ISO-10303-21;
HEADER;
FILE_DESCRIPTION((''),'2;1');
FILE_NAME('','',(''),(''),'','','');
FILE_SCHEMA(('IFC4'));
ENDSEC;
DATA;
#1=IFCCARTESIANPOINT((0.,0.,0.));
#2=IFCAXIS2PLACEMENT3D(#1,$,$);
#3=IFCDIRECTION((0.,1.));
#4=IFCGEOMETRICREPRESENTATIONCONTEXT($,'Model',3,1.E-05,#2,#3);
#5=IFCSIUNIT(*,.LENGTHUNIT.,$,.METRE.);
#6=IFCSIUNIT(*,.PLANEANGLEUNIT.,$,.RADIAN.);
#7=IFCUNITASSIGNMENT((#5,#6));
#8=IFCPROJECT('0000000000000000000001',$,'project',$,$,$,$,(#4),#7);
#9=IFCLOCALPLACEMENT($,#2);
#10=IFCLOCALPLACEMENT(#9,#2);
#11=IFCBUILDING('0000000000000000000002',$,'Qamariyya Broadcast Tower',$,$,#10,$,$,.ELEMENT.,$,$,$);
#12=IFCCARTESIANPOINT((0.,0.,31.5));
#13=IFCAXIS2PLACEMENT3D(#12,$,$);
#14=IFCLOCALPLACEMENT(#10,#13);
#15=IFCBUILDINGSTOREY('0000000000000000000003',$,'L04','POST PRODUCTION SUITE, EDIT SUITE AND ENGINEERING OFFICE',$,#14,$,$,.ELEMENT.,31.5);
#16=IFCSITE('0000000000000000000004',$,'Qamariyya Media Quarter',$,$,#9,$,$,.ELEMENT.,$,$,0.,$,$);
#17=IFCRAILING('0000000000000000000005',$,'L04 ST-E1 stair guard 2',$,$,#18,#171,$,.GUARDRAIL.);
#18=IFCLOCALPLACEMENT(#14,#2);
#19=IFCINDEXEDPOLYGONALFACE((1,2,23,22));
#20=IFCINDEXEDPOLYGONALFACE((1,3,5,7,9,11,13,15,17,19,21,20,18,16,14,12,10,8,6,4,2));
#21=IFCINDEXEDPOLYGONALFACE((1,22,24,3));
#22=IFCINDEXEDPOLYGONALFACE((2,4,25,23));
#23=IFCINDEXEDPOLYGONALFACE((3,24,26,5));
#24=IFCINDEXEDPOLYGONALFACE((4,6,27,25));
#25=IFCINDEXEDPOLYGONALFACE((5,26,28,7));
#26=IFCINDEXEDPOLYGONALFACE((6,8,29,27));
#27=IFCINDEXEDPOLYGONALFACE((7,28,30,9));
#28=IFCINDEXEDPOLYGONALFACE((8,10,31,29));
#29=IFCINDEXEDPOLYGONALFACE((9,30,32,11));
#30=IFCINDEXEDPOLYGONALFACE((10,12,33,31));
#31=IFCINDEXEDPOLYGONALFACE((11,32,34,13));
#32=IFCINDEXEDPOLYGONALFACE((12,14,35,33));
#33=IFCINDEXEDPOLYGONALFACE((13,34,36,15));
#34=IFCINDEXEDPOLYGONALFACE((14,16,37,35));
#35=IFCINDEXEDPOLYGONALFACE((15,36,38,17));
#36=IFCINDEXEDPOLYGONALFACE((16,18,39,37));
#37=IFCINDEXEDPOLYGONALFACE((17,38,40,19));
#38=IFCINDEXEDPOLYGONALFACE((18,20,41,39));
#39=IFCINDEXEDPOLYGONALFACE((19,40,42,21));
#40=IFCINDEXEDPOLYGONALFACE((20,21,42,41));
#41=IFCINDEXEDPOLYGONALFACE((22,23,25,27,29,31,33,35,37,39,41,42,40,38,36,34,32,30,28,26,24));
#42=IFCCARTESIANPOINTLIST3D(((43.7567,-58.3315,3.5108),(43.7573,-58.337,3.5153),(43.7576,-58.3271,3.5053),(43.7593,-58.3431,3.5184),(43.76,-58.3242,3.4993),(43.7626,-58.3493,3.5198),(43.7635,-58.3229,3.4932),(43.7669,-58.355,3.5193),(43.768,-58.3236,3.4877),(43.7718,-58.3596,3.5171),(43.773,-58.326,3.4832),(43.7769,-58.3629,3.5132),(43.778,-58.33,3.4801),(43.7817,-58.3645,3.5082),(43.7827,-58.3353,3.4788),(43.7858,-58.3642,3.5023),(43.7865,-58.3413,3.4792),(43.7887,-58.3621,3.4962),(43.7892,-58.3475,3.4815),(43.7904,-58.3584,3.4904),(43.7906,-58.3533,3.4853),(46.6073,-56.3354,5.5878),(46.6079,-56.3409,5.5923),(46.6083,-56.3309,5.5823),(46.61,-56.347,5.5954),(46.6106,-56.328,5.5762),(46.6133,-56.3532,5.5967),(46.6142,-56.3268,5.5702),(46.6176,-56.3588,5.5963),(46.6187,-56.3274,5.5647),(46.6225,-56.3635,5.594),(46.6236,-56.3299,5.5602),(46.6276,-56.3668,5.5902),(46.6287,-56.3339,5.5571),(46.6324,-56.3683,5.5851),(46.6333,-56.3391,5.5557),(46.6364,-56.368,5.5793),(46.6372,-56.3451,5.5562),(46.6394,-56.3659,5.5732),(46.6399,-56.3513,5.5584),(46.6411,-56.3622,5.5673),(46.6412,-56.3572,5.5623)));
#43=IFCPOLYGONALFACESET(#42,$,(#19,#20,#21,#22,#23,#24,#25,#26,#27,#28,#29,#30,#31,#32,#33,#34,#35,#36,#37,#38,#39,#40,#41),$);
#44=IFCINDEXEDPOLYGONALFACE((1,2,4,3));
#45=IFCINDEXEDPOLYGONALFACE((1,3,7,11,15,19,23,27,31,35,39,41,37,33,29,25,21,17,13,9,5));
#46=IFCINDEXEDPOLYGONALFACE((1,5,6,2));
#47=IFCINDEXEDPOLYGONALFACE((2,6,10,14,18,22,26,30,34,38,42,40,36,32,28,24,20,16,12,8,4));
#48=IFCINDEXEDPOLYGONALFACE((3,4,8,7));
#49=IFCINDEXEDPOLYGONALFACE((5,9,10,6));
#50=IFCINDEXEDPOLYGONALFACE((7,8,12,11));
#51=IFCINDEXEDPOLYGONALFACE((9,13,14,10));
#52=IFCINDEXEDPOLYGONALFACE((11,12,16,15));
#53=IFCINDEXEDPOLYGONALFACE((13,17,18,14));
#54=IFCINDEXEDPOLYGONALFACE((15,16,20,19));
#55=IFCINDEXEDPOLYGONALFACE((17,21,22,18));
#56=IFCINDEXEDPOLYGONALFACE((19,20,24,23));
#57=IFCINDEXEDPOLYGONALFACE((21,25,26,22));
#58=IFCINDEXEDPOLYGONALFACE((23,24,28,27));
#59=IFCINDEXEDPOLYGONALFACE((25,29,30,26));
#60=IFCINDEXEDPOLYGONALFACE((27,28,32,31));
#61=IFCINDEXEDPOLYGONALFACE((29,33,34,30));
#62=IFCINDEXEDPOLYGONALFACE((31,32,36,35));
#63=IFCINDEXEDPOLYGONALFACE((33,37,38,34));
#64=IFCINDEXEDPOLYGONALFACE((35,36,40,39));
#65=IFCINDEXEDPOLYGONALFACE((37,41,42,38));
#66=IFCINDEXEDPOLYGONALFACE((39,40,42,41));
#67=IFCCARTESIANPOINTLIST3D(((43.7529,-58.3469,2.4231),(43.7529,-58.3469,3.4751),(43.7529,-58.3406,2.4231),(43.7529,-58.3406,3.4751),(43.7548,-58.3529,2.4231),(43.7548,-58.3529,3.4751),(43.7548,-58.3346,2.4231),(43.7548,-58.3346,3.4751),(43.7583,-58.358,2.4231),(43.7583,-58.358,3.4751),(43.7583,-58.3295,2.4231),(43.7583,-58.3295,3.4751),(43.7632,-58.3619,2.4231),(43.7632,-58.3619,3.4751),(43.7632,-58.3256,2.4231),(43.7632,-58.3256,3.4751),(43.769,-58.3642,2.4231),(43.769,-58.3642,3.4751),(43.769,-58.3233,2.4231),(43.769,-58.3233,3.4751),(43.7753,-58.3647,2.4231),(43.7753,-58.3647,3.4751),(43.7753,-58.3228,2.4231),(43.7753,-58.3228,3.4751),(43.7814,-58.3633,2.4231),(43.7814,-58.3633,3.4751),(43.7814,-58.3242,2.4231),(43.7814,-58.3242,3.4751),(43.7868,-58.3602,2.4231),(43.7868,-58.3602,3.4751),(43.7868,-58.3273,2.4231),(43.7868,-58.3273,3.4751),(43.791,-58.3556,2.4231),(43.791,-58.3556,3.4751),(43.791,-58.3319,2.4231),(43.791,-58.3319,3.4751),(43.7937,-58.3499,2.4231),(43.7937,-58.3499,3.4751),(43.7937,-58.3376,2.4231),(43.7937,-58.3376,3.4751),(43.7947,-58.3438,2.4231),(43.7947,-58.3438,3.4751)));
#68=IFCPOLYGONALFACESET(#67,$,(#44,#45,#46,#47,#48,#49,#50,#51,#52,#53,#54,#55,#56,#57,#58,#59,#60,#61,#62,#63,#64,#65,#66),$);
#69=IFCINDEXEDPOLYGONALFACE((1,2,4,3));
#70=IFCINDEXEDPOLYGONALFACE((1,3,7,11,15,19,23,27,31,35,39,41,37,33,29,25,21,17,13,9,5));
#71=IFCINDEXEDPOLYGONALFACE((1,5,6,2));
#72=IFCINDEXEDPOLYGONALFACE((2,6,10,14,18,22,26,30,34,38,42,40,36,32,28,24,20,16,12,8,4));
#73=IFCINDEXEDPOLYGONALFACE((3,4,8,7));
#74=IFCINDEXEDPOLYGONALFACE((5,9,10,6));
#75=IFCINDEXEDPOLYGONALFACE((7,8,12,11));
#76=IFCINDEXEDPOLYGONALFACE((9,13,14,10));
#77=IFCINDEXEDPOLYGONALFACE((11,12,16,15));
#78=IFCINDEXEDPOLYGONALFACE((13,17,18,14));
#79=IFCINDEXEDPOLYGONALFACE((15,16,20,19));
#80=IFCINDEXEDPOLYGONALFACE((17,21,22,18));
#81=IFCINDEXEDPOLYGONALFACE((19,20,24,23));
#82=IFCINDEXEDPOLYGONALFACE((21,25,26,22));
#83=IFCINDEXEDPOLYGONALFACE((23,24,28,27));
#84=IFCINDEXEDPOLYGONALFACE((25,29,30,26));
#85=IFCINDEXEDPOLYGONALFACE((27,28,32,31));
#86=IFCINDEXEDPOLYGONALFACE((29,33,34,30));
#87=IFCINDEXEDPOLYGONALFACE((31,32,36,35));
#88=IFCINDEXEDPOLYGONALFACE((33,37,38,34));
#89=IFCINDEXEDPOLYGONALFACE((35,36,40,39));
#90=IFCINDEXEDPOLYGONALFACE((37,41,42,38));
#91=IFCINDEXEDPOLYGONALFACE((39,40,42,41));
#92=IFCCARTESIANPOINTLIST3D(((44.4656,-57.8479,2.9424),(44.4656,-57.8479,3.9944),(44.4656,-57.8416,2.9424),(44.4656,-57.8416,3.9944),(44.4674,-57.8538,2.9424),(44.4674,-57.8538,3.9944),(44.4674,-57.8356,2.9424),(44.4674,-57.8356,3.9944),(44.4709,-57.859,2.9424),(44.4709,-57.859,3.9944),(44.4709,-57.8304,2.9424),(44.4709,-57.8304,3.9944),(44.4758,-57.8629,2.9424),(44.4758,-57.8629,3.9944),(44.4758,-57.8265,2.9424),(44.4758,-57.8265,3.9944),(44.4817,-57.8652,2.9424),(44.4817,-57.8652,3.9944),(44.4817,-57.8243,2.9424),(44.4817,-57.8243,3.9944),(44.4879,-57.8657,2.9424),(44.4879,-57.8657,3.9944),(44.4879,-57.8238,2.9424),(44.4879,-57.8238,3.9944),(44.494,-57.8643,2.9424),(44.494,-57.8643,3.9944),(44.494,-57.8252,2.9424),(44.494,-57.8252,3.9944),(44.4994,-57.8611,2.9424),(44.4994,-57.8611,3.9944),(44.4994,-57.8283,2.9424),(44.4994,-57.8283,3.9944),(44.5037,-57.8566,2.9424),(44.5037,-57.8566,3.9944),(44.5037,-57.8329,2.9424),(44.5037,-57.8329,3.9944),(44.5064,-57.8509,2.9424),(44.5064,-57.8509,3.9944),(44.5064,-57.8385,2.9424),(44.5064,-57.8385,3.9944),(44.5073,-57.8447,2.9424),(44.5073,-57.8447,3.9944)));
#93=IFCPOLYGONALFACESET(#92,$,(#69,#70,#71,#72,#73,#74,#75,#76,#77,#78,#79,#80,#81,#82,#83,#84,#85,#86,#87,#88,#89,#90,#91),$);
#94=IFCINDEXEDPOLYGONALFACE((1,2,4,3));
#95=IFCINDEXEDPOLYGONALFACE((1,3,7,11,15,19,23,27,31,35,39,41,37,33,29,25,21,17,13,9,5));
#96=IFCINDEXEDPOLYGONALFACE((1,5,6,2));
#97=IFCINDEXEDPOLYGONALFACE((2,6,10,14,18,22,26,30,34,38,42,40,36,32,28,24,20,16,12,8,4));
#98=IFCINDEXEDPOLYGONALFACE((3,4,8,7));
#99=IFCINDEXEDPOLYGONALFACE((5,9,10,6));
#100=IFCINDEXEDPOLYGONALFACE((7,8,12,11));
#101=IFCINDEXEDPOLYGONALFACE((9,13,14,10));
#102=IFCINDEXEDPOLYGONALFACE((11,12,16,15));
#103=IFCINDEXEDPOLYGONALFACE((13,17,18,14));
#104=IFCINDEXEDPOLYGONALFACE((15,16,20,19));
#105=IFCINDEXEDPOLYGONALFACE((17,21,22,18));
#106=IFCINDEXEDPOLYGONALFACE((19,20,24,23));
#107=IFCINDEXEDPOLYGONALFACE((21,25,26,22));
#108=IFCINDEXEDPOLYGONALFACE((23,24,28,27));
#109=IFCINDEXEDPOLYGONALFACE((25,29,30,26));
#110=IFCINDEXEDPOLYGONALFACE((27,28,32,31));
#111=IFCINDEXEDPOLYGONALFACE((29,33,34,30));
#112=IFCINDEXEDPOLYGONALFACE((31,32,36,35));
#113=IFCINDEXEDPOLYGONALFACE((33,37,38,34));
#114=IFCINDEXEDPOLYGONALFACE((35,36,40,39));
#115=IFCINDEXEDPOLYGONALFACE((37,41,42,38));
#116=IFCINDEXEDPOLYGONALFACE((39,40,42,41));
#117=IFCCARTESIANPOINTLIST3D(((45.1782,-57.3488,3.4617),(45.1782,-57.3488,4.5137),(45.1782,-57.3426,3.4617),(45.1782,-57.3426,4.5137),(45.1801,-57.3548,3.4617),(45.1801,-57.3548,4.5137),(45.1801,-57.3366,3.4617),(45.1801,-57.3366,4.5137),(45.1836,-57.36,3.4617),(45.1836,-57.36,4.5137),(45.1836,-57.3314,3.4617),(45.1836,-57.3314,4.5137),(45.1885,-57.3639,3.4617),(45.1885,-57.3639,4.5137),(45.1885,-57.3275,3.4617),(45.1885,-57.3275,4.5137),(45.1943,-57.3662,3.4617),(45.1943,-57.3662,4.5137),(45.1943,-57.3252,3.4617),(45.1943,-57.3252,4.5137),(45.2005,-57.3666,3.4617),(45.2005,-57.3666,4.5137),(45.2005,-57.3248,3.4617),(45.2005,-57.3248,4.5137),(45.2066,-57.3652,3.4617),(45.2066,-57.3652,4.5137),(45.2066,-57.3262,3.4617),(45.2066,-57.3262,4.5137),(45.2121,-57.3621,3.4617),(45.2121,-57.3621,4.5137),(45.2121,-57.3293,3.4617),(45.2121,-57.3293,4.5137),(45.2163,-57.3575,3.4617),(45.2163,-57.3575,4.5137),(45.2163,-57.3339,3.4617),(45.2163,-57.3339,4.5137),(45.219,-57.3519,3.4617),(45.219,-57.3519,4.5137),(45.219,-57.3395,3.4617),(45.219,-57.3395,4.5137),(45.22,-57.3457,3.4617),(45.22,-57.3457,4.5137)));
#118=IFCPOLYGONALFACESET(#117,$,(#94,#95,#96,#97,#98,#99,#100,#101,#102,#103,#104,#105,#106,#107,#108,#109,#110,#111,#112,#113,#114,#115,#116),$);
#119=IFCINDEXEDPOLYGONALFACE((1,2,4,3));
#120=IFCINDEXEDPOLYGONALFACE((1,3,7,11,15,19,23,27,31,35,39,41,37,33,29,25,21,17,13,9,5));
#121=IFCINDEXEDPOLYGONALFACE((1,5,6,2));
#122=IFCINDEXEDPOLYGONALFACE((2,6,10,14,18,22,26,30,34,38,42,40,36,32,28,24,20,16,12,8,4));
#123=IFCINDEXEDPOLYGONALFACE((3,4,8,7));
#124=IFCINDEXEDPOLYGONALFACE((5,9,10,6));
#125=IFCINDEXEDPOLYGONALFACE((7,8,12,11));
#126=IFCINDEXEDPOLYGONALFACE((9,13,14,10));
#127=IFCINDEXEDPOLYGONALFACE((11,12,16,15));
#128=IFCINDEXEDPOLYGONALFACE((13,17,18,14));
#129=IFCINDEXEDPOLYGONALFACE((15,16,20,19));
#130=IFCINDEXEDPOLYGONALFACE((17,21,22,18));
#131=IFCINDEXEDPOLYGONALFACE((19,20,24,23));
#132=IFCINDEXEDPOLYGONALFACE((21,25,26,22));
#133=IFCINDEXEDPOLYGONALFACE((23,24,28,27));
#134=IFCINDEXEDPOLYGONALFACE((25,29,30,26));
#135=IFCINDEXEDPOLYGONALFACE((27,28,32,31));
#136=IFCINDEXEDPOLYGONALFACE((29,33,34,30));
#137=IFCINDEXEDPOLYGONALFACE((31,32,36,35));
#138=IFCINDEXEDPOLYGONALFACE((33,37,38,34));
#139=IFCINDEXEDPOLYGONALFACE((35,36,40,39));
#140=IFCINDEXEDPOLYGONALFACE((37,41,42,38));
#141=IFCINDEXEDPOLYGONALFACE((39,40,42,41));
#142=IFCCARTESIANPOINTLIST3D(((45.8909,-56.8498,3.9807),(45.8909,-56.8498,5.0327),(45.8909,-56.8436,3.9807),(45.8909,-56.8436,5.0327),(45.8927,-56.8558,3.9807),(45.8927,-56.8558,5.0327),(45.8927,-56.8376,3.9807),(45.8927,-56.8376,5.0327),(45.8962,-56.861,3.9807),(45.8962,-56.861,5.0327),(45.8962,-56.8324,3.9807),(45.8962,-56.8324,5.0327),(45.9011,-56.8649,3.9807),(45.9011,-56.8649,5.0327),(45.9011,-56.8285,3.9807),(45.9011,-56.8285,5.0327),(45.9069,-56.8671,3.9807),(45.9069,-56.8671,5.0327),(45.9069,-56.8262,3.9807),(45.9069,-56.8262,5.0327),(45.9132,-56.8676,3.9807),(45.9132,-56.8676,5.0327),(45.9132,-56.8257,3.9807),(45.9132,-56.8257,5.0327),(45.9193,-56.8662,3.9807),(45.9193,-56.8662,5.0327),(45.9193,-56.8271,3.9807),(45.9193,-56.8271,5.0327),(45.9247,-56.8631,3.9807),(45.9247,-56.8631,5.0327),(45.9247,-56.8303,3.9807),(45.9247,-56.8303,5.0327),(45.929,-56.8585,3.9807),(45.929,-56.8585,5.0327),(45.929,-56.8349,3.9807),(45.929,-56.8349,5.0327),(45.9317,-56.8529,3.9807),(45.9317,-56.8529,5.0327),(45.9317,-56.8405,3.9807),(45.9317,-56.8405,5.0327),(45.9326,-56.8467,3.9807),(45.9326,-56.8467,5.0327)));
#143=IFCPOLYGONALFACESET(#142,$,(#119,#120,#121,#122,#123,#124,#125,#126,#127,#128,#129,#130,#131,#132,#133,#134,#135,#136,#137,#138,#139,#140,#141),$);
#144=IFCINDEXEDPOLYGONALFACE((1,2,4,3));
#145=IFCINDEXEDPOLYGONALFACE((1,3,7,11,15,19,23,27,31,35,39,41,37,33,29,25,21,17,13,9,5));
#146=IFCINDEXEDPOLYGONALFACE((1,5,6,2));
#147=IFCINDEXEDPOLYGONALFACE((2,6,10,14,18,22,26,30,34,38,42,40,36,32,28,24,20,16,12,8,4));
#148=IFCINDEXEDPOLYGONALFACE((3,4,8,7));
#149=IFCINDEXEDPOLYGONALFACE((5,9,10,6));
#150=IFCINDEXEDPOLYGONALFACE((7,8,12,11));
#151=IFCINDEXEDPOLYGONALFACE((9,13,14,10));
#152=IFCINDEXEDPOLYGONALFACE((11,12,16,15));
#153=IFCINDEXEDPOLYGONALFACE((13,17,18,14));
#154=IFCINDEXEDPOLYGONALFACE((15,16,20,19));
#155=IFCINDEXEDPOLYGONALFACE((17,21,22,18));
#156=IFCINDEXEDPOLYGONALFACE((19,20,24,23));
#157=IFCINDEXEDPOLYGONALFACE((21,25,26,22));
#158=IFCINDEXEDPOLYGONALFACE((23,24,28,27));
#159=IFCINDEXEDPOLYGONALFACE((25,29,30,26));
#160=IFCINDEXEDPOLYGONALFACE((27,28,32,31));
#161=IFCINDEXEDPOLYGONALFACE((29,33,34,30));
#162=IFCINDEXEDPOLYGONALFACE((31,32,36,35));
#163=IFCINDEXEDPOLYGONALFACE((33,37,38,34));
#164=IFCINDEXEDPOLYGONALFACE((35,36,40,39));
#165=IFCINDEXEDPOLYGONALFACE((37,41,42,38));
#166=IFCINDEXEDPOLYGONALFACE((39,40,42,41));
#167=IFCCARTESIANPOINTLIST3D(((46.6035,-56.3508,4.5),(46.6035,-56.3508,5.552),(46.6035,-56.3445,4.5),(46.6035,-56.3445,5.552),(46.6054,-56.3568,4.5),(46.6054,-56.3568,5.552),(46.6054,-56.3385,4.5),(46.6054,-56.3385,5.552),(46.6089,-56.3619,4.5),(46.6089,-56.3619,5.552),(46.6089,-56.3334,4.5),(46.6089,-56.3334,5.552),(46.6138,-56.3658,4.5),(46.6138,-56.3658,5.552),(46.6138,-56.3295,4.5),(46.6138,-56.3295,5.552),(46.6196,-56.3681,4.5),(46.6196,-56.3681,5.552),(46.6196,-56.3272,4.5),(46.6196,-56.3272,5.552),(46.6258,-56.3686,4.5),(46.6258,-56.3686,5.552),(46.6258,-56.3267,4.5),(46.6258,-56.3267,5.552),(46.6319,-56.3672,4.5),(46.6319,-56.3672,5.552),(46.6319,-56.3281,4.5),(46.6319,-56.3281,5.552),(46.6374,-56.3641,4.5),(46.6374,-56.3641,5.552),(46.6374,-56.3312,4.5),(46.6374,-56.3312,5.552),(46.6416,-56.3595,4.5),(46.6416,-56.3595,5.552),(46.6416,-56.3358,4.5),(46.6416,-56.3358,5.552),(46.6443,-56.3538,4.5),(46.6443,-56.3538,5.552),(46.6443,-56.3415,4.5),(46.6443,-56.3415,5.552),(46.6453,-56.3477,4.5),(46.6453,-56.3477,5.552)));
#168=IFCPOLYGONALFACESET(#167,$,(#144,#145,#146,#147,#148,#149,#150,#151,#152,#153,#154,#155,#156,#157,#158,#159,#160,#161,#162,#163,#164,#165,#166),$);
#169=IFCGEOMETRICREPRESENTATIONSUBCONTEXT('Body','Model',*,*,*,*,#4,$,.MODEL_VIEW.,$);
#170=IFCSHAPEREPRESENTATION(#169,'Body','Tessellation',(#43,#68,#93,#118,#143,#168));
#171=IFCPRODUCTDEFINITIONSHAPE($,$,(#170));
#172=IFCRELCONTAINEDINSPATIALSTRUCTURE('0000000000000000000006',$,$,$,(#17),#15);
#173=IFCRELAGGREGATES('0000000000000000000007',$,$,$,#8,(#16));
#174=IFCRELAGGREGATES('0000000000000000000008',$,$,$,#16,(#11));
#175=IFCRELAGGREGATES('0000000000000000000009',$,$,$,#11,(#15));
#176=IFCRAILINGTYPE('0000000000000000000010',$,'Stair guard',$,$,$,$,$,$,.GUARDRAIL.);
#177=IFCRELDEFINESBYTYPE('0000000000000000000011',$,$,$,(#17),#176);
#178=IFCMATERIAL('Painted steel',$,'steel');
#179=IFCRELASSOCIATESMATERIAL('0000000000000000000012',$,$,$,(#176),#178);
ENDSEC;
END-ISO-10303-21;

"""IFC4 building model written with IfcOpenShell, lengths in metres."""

from ifc_helpers import new_model, si_unit, direction, frame, origin, origin_2d, place, context, subcontext, project, spatial, circle, extrude, material, type_object, element, save


model = new_model("IFC4")

# Units and contexts
model_context = context("Model", 3, precision=1e-05, world=origin(), true_north=direction((0.0, 1.0)))
body_context = subcontext(model_context, "Body", "Model", "MODEL_VIEW")
ifc_project = project(units=[si_unit("LENGTHUNIT", "METRE"), si_unit("PLANEANGLEUNIT", "RADIAN")], contexts=[model_context])

# Site, building, storey
site_placement = place(None, origin())
site = spatial("IfcSite", under=ifc_project, at=site_placement, Name="Qamariyya Media Quarter", CompositionType="ELEMENT", RefElevation=0.0)
building_placement = place(site_placement, origin())
building = spatial("IfcBuilding", under=site, at=building_placement, Name="Qamariyya Broadcast Tower", CompositionType="ELEMENT")
storey_placement = place(building_placement, frame((0.0, 0.0, 31.5)))
storey = spatial("IfcBuildingStorey", under=building, at=storey_placement, Name="L04", Description="POST PRODUCTION SUITE, EDIT SUITE AND ENGINEERING OFFICE", CompositionType="ELEMENT", Elevation=31.5)

# Railing
ifc_material_1 = material(Name="Painted steel", Category="steel")
railing_type_1 = type_object("IfcRailingType", Name="Stair guard", PredefinedType="GUARDRAIL", material=ifc_material_1)
railing_1_placement = place(storey_placement, frame((43.7737, -58.3438, 2.4231)))
element("IfcRailing", 1, at=railing_1_placement, inside=storey, type_object=railing_type_1, Name="L04 ST-E1 stair guard 2", PredefinedType="GUARDRAIL", context=body_context, shape_type="SweptSolid", body=[
    extrude(circle(Radius=0.0239, at=origin_2d()), frame((0.0, 0.0, 1.0762), z_axis=(0.703393, 0.492544, 0.512484), x_axis=(-0.573594, 0.81914, 0.0)), (0.0, 0.0, 1.0), 4.0527),
    extrude(circle(Radius=0.021, at=origin_2d()), origin(), (0.0, 0.0, 1.0), 1.052),
    extrude(circle(Radius=0.021, at=origin_2d()), frame((0.7126, 0.499, 0.5193)), (0.0, 0.0, 1.0), 1.052),
    extrude(circle(Radius=0.021, at=origin_2d()), frame((1.4253, 0.998, 1.0386)), (0.0, 0.0, 1.0), 1.052),
    extrude(circle(Radius=0.021, at=origin_2d()), frame((2.1379, 1.4971, 1.5576)), (0.0, 0.0, 1.0), 1.052),
    extrude(circle(Radius=0.021, at=origin_2d()), frame((2.8506, 1.9961, 2.0769)), (0.0, 0.0, 1.0), 1.052),
])

save(model, "model.ifc")
